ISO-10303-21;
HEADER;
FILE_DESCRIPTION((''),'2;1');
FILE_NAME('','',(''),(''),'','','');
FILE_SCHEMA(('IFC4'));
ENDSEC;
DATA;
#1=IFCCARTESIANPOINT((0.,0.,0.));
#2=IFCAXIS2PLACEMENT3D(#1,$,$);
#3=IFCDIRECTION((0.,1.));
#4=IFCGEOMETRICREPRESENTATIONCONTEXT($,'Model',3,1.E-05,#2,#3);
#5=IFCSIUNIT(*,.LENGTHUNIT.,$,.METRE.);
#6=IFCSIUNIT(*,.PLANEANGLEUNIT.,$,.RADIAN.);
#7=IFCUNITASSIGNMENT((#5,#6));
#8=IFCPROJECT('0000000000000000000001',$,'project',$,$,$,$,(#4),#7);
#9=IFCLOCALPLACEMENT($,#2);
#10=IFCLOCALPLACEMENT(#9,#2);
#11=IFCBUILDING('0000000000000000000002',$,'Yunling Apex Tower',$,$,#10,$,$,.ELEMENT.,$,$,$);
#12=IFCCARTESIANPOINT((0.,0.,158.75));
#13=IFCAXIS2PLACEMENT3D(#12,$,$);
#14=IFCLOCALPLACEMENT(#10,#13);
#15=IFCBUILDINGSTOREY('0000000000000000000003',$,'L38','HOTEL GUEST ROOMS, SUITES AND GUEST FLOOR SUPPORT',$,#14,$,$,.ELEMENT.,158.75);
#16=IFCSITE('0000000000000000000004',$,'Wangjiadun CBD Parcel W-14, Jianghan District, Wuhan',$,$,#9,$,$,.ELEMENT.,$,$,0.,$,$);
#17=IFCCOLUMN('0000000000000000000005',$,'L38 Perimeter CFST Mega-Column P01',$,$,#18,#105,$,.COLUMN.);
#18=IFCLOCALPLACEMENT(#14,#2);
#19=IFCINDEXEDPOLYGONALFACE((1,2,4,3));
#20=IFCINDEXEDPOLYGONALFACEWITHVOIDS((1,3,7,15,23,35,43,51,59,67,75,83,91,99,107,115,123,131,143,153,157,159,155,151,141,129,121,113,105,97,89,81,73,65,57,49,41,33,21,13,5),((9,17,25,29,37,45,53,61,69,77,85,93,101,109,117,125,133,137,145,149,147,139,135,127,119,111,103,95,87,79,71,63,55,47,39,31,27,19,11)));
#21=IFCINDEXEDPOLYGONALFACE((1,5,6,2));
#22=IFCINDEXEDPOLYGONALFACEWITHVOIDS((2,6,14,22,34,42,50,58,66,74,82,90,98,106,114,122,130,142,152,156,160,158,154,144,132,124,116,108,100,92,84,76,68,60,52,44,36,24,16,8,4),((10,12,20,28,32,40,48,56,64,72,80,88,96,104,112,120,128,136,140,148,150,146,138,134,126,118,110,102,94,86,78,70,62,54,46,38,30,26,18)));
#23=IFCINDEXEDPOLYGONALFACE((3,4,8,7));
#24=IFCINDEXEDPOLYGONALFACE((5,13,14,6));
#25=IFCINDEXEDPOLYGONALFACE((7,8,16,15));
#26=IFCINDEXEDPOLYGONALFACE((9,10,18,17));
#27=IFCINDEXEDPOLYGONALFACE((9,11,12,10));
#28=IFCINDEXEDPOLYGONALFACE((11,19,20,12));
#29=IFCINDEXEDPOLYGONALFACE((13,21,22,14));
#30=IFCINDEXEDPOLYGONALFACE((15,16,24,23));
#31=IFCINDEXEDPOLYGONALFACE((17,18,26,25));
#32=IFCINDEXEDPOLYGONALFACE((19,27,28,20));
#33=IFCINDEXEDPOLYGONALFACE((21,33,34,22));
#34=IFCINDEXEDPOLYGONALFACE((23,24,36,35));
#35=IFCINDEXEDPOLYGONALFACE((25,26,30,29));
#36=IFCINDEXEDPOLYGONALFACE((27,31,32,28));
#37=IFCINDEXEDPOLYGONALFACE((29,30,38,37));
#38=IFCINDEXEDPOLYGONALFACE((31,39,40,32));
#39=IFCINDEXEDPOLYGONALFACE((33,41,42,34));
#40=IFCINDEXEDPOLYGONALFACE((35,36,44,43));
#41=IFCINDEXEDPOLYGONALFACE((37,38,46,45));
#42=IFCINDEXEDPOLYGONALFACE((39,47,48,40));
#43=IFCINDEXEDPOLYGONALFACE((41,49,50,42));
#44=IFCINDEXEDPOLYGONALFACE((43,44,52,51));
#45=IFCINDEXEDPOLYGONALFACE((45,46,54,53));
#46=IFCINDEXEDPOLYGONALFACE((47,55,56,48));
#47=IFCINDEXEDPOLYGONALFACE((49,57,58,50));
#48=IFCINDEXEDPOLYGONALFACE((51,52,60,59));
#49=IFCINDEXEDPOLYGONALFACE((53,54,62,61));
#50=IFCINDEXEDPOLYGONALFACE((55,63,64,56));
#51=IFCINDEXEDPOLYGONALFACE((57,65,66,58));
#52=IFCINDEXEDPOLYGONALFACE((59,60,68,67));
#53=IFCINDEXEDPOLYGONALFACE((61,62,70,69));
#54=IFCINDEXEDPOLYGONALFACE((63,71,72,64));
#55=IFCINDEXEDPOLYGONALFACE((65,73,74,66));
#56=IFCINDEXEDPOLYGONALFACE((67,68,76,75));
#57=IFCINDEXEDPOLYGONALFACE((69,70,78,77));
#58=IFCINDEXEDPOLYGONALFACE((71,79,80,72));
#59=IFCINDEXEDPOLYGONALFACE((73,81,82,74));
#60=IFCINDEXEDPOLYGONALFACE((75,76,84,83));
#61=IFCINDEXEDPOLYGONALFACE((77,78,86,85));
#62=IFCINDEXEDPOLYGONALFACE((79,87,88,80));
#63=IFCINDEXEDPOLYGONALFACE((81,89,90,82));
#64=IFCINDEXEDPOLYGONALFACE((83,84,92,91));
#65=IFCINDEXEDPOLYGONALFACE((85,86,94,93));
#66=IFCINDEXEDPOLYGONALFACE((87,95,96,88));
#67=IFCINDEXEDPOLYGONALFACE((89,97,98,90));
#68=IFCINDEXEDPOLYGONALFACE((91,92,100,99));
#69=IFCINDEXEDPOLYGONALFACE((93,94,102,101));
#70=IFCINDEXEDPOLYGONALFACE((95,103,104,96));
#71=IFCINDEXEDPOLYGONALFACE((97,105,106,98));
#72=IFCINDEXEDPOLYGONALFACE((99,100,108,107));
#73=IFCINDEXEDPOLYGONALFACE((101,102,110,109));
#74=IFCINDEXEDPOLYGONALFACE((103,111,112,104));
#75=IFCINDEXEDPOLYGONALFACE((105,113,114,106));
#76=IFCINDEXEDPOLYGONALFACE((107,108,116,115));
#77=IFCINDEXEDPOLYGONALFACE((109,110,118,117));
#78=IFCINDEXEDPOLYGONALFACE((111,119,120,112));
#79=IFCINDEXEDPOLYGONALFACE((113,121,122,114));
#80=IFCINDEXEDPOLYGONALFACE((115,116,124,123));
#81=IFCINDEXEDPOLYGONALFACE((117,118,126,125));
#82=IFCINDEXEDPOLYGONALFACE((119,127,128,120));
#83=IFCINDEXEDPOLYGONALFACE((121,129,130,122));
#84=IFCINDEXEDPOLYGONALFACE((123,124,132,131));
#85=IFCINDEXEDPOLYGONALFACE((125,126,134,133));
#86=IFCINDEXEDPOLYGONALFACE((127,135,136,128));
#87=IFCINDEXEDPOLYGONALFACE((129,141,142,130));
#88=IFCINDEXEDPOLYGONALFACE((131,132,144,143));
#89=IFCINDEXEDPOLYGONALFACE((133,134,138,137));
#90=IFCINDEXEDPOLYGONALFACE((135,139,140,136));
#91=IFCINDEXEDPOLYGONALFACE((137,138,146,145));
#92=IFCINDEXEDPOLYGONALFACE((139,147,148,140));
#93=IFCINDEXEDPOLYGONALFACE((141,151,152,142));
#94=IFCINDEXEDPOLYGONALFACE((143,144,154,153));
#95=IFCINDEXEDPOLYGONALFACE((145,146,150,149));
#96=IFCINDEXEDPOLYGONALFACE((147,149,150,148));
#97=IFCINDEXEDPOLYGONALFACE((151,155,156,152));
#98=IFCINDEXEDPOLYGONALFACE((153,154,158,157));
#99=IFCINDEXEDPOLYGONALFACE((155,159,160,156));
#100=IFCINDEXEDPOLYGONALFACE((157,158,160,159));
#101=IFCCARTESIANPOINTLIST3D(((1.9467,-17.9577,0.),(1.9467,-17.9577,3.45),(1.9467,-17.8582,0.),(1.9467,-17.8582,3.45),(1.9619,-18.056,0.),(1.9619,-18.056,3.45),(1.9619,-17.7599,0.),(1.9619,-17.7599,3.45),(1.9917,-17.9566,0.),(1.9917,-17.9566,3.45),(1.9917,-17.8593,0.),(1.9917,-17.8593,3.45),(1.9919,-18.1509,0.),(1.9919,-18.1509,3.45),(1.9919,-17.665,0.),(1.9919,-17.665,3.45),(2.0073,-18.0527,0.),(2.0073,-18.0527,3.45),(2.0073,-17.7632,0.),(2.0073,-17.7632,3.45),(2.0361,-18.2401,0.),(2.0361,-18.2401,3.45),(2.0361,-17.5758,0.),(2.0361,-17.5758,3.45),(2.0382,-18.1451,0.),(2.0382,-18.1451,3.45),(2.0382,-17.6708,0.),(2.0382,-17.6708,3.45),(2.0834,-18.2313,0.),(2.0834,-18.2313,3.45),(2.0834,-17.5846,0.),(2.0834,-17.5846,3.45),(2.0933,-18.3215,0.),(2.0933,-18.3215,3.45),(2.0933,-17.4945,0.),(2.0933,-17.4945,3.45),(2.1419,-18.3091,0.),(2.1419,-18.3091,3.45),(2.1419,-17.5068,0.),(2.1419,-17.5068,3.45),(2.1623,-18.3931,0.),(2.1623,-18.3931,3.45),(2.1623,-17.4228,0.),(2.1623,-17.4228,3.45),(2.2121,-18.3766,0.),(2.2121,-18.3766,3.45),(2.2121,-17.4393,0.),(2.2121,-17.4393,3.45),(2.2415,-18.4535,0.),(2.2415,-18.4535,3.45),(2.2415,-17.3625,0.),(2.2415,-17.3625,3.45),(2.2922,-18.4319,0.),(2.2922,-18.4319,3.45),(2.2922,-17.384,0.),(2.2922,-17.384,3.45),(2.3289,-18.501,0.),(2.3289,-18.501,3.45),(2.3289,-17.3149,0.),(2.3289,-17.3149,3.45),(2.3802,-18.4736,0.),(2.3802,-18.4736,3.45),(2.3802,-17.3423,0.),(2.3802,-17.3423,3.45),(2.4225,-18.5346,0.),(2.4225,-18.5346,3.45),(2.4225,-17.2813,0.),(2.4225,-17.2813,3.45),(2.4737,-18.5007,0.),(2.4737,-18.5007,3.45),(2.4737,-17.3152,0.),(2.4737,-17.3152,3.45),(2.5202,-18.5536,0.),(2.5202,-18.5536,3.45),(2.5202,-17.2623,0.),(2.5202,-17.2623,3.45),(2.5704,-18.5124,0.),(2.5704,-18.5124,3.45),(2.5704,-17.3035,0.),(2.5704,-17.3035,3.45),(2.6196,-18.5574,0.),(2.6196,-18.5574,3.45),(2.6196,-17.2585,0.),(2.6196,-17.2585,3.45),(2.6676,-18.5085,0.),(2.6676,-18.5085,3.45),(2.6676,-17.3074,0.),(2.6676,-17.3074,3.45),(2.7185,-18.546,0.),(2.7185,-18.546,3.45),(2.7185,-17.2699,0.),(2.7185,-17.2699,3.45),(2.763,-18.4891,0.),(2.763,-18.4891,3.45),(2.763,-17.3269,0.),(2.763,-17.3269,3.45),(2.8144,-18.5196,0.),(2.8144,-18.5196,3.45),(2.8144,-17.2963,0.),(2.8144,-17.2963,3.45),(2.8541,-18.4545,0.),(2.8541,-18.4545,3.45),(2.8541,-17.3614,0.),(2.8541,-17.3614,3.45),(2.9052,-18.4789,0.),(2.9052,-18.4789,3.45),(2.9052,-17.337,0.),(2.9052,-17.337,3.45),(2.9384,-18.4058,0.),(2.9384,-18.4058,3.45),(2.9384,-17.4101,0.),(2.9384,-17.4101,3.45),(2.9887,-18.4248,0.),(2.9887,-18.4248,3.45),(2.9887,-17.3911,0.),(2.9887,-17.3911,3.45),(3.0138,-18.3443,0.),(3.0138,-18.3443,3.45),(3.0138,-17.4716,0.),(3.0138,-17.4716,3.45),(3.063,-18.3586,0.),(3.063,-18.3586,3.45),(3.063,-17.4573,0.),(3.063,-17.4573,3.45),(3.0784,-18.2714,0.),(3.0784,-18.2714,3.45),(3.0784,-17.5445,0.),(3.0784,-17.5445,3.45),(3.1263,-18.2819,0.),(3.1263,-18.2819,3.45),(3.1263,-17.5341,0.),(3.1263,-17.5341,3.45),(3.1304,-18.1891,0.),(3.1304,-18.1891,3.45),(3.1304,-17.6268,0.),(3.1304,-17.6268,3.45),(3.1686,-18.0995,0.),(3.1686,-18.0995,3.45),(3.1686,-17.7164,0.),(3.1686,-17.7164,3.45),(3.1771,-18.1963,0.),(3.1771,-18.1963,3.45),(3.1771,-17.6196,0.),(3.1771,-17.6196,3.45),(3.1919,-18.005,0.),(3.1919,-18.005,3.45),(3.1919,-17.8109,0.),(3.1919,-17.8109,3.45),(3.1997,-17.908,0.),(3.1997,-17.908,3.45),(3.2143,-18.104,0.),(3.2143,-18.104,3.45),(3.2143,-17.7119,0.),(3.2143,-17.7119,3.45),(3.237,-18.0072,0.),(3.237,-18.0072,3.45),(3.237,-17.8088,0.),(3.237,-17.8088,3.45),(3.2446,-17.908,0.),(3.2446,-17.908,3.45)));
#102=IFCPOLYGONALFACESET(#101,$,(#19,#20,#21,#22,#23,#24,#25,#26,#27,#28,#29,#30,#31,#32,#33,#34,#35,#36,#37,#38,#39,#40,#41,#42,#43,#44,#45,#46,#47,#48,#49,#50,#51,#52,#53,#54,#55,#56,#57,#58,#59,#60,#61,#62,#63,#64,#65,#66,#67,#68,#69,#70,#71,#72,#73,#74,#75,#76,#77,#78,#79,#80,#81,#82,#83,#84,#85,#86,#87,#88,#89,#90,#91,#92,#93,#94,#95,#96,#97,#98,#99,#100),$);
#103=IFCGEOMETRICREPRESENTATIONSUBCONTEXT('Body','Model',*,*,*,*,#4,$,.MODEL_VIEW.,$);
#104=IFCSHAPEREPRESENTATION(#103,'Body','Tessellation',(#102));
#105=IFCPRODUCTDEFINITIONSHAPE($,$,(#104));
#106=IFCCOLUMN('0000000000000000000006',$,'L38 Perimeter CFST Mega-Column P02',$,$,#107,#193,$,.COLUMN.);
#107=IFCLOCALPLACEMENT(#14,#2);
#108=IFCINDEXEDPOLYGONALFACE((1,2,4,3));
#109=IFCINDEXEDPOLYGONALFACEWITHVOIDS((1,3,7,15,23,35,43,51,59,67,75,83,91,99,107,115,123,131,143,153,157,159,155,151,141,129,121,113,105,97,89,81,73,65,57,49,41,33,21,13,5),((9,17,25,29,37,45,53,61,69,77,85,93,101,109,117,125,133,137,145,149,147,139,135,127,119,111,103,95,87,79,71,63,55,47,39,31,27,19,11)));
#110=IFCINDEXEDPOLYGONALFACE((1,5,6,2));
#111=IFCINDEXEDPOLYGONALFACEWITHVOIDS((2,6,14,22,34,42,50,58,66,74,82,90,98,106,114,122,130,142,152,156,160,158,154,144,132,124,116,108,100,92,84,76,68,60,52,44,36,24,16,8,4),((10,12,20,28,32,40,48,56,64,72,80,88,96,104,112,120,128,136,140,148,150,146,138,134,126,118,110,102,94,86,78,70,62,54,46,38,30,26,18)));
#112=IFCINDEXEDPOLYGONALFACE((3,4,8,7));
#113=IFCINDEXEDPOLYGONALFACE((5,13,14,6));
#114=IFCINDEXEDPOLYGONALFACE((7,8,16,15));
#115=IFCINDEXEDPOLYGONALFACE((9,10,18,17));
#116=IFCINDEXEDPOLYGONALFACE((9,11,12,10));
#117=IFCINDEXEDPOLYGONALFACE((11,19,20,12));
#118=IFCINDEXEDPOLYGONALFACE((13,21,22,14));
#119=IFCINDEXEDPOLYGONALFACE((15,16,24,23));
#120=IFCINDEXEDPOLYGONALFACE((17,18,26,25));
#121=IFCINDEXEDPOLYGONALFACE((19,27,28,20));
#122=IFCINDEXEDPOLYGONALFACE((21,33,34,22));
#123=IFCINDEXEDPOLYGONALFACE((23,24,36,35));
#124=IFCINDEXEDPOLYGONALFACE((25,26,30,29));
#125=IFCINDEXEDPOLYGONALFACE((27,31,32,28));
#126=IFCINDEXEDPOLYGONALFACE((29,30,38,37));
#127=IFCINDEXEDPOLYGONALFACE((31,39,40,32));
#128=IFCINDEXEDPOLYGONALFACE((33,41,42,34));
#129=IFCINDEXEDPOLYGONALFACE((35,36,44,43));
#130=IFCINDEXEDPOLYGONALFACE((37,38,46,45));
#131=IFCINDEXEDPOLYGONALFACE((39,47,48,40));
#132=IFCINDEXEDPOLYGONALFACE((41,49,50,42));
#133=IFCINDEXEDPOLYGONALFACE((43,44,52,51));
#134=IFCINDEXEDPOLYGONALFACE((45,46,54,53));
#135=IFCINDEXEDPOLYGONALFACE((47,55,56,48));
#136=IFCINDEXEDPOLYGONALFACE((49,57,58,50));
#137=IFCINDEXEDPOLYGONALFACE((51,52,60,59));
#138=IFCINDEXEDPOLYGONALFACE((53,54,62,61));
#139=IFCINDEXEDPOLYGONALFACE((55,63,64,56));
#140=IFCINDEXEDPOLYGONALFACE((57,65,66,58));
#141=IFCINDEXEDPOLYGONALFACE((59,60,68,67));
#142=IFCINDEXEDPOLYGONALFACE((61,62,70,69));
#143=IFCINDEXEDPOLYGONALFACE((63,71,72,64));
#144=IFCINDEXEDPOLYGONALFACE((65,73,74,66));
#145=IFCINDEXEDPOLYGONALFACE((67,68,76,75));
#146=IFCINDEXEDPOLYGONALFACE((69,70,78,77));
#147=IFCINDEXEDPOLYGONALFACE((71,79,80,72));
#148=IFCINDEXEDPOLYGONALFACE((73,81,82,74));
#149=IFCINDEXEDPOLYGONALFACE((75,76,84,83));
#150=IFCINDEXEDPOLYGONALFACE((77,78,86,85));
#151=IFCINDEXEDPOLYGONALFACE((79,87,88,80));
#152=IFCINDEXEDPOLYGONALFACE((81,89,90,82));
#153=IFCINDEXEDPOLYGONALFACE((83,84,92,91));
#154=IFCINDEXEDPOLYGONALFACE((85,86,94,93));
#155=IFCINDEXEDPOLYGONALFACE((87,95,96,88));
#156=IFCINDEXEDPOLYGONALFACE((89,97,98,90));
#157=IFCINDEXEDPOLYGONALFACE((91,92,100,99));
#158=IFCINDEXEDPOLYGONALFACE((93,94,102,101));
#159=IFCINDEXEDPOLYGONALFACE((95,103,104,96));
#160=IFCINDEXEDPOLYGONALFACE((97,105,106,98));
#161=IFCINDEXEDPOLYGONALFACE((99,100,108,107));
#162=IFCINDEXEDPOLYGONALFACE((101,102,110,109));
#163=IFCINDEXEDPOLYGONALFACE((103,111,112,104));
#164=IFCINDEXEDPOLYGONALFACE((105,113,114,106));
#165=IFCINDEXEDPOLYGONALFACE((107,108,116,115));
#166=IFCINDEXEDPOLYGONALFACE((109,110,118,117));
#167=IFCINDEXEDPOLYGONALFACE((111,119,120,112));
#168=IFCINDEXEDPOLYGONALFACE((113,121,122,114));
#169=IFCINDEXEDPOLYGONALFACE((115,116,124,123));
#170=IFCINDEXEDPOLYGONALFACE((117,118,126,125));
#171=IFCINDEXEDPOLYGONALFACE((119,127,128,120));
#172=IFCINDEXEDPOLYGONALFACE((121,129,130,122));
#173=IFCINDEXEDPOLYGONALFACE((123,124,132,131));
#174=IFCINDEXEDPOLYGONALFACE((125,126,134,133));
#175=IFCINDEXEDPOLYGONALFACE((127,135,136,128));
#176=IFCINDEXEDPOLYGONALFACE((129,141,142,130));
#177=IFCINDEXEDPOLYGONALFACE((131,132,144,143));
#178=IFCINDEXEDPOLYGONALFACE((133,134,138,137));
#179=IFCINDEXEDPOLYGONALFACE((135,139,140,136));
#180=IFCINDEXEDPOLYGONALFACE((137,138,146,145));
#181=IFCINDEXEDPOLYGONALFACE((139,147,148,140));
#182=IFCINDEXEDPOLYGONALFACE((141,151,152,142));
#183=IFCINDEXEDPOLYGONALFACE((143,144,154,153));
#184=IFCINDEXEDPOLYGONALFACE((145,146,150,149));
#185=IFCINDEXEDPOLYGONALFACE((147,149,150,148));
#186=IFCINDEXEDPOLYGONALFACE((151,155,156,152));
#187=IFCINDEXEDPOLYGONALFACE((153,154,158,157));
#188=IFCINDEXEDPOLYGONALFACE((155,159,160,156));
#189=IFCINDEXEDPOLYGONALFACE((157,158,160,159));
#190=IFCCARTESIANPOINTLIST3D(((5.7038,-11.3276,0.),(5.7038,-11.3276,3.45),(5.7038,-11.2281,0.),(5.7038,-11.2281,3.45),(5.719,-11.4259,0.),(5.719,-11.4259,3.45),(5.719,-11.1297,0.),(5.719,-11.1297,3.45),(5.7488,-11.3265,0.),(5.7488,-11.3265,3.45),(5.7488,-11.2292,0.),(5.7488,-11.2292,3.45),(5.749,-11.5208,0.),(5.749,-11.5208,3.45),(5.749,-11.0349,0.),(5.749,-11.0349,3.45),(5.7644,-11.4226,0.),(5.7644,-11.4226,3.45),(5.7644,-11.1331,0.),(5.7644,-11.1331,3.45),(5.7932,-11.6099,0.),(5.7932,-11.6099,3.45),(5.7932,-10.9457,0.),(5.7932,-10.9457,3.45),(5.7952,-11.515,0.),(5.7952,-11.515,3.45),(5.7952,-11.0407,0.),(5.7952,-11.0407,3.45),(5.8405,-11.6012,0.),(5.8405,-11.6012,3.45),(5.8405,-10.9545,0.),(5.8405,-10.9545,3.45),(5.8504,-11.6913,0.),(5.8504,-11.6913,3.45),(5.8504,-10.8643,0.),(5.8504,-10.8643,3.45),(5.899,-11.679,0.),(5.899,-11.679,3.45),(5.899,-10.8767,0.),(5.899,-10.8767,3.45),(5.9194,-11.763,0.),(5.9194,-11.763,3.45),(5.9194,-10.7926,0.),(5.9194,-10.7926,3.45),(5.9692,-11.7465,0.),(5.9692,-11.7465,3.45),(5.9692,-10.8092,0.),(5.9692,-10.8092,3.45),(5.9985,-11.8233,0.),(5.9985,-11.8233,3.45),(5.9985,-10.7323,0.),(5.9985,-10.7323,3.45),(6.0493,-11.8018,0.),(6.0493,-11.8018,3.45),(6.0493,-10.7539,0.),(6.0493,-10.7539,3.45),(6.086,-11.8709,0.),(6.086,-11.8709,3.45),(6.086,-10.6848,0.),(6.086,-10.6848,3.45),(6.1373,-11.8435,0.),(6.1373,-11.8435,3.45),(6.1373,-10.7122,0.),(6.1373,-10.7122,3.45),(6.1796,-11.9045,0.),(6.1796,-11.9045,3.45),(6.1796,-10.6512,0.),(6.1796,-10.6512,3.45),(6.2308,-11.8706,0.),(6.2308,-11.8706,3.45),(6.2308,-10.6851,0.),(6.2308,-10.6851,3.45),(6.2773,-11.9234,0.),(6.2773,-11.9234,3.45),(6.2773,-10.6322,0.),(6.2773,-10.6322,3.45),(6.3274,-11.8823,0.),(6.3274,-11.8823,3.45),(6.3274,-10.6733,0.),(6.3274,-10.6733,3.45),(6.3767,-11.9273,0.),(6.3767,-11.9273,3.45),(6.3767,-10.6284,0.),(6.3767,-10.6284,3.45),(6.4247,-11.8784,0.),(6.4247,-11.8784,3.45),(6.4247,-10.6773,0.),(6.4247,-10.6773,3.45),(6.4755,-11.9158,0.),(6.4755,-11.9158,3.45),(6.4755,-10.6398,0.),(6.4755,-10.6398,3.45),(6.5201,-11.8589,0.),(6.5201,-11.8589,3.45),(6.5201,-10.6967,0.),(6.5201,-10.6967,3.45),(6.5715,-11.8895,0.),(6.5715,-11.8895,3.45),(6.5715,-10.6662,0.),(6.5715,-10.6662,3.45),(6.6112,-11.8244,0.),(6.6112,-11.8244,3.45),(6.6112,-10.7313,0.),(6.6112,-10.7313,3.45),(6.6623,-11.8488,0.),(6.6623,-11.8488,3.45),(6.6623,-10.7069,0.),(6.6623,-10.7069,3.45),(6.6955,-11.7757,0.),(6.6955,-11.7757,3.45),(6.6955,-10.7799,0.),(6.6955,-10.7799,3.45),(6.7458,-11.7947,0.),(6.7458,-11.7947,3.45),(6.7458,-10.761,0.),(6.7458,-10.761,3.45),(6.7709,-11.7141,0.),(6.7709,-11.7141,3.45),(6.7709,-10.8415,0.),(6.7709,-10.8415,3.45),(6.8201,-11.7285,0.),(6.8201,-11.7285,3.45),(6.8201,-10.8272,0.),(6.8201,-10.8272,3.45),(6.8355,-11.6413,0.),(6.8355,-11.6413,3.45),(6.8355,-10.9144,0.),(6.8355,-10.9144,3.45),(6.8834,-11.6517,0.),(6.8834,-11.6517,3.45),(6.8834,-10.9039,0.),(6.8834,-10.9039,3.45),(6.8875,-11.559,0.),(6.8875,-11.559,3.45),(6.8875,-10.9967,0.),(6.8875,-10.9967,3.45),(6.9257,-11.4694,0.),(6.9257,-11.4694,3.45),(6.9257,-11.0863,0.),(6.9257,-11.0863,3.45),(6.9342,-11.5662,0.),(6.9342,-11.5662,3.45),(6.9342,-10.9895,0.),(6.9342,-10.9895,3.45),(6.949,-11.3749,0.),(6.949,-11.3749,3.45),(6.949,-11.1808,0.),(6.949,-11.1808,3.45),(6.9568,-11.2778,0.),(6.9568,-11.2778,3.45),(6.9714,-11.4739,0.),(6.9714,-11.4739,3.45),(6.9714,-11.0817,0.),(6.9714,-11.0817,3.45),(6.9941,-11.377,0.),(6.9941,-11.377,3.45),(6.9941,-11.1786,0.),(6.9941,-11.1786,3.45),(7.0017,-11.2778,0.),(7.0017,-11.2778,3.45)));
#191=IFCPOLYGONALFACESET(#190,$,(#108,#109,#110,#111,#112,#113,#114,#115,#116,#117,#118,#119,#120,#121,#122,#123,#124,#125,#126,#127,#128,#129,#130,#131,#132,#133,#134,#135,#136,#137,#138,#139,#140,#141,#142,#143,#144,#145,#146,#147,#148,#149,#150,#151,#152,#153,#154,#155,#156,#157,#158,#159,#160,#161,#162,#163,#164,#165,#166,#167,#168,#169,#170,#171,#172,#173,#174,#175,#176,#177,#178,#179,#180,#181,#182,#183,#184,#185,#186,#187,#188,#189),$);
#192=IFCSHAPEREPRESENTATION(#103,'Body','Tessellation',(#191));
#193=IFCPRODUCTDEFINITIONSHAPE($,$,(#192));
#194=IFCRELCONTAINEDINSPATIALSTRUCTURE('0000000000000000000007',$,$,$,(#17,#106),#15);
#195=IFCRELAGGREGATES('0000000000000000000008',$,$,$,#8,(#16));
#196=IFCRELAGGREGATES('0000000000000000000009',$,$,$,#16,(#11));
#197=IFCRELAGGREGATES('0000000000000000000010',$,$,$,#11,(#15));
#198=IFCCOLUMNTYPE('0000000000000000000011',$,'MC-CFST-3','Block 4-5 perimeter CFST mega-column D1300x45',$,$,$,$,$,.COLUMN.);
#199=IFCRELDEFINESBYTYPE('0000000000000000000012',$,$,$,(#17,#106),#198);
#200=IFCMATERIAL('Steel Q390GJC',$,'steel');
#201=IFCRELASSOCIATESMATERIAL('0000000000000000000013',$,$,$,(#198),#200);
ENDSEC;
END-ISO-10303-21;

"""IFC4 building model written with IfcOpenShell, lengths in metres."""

from ifc_helpers import new_model, si_unit, direction, frame, origin, origin_2d, place, context, subcontext, project, spatial, hollow_circle, extrude, source, transform, mapped, material, material_profile, profile_set, type_object, element, save


model = new_model("IFC4")

# Units and contexts
model_context = context("Model", 3, precision=1e-05, world=origin(), true_north=direction((0.0, 1.0)))
body_context = subcontext(model_context, "Body", "Model", "MODEL_VIEW")
ifc_project = project(units=[si_unit("LENGTHUNIT", "METRE"), si_unit("PLANEANGLEUNIT", "RADIAN")], contexts=[model_context])

# Site, building, storey
site_placement = place(None, origin())
site = spatial("IfcSite", under=ifc_project, at=site_placement, Name="Wangjiadun CBD Parcel W-14, Jianghan District, Wuhan", CompositionType="ELEMENT", RefElevation=0.0)
building_placement = place(site_placement, origin())
building = spatial("IfcBuilding", under=site, at=building_placement, Name="Yunling Apex Tower", CompositionType="ELEMENT")
storey_placement = place(building_placement, frame((0.0, 0.0, 158.75)))
storey = spatial("IfcBuildingStorey", under=building, at=storey_placement, Name="L38", Description="HOTEL GUEST ROOMS, SUITES AND GUEST FLOOR SUPPORT", CompositionType="ELEMENT", Elevation=158.75)

# Columns
ifc_material_1 = material(Name="Steel Q390GJC", Category="steel")
ifc_material_profile_1 = material_profile(ifc_material_1, hollow_circle(Radius=0.6499, WallThickness=0.0449, at=origin_2d()))
ifc_profile_set_1 = profile_set([ifc_material_profile_1], Name="Steel Q390GJC")
column_type = type_object("IfcColumnType", Name="MC-CFST-3", Description="Block 4-5 perimeter CFST mega-column D1300x45", PredefinedType="COLUMN", material=ifc_profile_set_1)
shared_shape_1 = source(origin(), body_context, "Body", "SweptSolid", [
    extrude(hollow_circle(Radius=0.6499, WallThickness=0.0449, at=origin_2d()), origin(), (0.0, 0.0, 1.0), 3.45),
])
for number, where, z_axis, x_axis, name in (
    (1, (2.5947, -17.908, 0.0), (0.0, 0.0, 1.0), (1.0, 0.0, 0.0), "L38 Perimeter CFST Mega-Column P01"),
    (2, (6.3518, -11.2778, 0.0), (0.0, 0.0, 1.0), (1.0, 0.0, 0.0), "L38 Perimeter CFST Mega-Column P02"),
):
    element("IfcColumn", number, at=place(storey_placement, frame(where, z_axis=z_axis, x_axis=x_axis)), inside=storey, type_object=column_type, Name=name, PredefinedType="COLUMN", context=body_context, shape_type="MappedRepresentation", body=[
        mapped(shared_shape_1, transform((0.0, 0.0, 0.0), scale=1.0)),
    ])

save(model, "model.ifc")
